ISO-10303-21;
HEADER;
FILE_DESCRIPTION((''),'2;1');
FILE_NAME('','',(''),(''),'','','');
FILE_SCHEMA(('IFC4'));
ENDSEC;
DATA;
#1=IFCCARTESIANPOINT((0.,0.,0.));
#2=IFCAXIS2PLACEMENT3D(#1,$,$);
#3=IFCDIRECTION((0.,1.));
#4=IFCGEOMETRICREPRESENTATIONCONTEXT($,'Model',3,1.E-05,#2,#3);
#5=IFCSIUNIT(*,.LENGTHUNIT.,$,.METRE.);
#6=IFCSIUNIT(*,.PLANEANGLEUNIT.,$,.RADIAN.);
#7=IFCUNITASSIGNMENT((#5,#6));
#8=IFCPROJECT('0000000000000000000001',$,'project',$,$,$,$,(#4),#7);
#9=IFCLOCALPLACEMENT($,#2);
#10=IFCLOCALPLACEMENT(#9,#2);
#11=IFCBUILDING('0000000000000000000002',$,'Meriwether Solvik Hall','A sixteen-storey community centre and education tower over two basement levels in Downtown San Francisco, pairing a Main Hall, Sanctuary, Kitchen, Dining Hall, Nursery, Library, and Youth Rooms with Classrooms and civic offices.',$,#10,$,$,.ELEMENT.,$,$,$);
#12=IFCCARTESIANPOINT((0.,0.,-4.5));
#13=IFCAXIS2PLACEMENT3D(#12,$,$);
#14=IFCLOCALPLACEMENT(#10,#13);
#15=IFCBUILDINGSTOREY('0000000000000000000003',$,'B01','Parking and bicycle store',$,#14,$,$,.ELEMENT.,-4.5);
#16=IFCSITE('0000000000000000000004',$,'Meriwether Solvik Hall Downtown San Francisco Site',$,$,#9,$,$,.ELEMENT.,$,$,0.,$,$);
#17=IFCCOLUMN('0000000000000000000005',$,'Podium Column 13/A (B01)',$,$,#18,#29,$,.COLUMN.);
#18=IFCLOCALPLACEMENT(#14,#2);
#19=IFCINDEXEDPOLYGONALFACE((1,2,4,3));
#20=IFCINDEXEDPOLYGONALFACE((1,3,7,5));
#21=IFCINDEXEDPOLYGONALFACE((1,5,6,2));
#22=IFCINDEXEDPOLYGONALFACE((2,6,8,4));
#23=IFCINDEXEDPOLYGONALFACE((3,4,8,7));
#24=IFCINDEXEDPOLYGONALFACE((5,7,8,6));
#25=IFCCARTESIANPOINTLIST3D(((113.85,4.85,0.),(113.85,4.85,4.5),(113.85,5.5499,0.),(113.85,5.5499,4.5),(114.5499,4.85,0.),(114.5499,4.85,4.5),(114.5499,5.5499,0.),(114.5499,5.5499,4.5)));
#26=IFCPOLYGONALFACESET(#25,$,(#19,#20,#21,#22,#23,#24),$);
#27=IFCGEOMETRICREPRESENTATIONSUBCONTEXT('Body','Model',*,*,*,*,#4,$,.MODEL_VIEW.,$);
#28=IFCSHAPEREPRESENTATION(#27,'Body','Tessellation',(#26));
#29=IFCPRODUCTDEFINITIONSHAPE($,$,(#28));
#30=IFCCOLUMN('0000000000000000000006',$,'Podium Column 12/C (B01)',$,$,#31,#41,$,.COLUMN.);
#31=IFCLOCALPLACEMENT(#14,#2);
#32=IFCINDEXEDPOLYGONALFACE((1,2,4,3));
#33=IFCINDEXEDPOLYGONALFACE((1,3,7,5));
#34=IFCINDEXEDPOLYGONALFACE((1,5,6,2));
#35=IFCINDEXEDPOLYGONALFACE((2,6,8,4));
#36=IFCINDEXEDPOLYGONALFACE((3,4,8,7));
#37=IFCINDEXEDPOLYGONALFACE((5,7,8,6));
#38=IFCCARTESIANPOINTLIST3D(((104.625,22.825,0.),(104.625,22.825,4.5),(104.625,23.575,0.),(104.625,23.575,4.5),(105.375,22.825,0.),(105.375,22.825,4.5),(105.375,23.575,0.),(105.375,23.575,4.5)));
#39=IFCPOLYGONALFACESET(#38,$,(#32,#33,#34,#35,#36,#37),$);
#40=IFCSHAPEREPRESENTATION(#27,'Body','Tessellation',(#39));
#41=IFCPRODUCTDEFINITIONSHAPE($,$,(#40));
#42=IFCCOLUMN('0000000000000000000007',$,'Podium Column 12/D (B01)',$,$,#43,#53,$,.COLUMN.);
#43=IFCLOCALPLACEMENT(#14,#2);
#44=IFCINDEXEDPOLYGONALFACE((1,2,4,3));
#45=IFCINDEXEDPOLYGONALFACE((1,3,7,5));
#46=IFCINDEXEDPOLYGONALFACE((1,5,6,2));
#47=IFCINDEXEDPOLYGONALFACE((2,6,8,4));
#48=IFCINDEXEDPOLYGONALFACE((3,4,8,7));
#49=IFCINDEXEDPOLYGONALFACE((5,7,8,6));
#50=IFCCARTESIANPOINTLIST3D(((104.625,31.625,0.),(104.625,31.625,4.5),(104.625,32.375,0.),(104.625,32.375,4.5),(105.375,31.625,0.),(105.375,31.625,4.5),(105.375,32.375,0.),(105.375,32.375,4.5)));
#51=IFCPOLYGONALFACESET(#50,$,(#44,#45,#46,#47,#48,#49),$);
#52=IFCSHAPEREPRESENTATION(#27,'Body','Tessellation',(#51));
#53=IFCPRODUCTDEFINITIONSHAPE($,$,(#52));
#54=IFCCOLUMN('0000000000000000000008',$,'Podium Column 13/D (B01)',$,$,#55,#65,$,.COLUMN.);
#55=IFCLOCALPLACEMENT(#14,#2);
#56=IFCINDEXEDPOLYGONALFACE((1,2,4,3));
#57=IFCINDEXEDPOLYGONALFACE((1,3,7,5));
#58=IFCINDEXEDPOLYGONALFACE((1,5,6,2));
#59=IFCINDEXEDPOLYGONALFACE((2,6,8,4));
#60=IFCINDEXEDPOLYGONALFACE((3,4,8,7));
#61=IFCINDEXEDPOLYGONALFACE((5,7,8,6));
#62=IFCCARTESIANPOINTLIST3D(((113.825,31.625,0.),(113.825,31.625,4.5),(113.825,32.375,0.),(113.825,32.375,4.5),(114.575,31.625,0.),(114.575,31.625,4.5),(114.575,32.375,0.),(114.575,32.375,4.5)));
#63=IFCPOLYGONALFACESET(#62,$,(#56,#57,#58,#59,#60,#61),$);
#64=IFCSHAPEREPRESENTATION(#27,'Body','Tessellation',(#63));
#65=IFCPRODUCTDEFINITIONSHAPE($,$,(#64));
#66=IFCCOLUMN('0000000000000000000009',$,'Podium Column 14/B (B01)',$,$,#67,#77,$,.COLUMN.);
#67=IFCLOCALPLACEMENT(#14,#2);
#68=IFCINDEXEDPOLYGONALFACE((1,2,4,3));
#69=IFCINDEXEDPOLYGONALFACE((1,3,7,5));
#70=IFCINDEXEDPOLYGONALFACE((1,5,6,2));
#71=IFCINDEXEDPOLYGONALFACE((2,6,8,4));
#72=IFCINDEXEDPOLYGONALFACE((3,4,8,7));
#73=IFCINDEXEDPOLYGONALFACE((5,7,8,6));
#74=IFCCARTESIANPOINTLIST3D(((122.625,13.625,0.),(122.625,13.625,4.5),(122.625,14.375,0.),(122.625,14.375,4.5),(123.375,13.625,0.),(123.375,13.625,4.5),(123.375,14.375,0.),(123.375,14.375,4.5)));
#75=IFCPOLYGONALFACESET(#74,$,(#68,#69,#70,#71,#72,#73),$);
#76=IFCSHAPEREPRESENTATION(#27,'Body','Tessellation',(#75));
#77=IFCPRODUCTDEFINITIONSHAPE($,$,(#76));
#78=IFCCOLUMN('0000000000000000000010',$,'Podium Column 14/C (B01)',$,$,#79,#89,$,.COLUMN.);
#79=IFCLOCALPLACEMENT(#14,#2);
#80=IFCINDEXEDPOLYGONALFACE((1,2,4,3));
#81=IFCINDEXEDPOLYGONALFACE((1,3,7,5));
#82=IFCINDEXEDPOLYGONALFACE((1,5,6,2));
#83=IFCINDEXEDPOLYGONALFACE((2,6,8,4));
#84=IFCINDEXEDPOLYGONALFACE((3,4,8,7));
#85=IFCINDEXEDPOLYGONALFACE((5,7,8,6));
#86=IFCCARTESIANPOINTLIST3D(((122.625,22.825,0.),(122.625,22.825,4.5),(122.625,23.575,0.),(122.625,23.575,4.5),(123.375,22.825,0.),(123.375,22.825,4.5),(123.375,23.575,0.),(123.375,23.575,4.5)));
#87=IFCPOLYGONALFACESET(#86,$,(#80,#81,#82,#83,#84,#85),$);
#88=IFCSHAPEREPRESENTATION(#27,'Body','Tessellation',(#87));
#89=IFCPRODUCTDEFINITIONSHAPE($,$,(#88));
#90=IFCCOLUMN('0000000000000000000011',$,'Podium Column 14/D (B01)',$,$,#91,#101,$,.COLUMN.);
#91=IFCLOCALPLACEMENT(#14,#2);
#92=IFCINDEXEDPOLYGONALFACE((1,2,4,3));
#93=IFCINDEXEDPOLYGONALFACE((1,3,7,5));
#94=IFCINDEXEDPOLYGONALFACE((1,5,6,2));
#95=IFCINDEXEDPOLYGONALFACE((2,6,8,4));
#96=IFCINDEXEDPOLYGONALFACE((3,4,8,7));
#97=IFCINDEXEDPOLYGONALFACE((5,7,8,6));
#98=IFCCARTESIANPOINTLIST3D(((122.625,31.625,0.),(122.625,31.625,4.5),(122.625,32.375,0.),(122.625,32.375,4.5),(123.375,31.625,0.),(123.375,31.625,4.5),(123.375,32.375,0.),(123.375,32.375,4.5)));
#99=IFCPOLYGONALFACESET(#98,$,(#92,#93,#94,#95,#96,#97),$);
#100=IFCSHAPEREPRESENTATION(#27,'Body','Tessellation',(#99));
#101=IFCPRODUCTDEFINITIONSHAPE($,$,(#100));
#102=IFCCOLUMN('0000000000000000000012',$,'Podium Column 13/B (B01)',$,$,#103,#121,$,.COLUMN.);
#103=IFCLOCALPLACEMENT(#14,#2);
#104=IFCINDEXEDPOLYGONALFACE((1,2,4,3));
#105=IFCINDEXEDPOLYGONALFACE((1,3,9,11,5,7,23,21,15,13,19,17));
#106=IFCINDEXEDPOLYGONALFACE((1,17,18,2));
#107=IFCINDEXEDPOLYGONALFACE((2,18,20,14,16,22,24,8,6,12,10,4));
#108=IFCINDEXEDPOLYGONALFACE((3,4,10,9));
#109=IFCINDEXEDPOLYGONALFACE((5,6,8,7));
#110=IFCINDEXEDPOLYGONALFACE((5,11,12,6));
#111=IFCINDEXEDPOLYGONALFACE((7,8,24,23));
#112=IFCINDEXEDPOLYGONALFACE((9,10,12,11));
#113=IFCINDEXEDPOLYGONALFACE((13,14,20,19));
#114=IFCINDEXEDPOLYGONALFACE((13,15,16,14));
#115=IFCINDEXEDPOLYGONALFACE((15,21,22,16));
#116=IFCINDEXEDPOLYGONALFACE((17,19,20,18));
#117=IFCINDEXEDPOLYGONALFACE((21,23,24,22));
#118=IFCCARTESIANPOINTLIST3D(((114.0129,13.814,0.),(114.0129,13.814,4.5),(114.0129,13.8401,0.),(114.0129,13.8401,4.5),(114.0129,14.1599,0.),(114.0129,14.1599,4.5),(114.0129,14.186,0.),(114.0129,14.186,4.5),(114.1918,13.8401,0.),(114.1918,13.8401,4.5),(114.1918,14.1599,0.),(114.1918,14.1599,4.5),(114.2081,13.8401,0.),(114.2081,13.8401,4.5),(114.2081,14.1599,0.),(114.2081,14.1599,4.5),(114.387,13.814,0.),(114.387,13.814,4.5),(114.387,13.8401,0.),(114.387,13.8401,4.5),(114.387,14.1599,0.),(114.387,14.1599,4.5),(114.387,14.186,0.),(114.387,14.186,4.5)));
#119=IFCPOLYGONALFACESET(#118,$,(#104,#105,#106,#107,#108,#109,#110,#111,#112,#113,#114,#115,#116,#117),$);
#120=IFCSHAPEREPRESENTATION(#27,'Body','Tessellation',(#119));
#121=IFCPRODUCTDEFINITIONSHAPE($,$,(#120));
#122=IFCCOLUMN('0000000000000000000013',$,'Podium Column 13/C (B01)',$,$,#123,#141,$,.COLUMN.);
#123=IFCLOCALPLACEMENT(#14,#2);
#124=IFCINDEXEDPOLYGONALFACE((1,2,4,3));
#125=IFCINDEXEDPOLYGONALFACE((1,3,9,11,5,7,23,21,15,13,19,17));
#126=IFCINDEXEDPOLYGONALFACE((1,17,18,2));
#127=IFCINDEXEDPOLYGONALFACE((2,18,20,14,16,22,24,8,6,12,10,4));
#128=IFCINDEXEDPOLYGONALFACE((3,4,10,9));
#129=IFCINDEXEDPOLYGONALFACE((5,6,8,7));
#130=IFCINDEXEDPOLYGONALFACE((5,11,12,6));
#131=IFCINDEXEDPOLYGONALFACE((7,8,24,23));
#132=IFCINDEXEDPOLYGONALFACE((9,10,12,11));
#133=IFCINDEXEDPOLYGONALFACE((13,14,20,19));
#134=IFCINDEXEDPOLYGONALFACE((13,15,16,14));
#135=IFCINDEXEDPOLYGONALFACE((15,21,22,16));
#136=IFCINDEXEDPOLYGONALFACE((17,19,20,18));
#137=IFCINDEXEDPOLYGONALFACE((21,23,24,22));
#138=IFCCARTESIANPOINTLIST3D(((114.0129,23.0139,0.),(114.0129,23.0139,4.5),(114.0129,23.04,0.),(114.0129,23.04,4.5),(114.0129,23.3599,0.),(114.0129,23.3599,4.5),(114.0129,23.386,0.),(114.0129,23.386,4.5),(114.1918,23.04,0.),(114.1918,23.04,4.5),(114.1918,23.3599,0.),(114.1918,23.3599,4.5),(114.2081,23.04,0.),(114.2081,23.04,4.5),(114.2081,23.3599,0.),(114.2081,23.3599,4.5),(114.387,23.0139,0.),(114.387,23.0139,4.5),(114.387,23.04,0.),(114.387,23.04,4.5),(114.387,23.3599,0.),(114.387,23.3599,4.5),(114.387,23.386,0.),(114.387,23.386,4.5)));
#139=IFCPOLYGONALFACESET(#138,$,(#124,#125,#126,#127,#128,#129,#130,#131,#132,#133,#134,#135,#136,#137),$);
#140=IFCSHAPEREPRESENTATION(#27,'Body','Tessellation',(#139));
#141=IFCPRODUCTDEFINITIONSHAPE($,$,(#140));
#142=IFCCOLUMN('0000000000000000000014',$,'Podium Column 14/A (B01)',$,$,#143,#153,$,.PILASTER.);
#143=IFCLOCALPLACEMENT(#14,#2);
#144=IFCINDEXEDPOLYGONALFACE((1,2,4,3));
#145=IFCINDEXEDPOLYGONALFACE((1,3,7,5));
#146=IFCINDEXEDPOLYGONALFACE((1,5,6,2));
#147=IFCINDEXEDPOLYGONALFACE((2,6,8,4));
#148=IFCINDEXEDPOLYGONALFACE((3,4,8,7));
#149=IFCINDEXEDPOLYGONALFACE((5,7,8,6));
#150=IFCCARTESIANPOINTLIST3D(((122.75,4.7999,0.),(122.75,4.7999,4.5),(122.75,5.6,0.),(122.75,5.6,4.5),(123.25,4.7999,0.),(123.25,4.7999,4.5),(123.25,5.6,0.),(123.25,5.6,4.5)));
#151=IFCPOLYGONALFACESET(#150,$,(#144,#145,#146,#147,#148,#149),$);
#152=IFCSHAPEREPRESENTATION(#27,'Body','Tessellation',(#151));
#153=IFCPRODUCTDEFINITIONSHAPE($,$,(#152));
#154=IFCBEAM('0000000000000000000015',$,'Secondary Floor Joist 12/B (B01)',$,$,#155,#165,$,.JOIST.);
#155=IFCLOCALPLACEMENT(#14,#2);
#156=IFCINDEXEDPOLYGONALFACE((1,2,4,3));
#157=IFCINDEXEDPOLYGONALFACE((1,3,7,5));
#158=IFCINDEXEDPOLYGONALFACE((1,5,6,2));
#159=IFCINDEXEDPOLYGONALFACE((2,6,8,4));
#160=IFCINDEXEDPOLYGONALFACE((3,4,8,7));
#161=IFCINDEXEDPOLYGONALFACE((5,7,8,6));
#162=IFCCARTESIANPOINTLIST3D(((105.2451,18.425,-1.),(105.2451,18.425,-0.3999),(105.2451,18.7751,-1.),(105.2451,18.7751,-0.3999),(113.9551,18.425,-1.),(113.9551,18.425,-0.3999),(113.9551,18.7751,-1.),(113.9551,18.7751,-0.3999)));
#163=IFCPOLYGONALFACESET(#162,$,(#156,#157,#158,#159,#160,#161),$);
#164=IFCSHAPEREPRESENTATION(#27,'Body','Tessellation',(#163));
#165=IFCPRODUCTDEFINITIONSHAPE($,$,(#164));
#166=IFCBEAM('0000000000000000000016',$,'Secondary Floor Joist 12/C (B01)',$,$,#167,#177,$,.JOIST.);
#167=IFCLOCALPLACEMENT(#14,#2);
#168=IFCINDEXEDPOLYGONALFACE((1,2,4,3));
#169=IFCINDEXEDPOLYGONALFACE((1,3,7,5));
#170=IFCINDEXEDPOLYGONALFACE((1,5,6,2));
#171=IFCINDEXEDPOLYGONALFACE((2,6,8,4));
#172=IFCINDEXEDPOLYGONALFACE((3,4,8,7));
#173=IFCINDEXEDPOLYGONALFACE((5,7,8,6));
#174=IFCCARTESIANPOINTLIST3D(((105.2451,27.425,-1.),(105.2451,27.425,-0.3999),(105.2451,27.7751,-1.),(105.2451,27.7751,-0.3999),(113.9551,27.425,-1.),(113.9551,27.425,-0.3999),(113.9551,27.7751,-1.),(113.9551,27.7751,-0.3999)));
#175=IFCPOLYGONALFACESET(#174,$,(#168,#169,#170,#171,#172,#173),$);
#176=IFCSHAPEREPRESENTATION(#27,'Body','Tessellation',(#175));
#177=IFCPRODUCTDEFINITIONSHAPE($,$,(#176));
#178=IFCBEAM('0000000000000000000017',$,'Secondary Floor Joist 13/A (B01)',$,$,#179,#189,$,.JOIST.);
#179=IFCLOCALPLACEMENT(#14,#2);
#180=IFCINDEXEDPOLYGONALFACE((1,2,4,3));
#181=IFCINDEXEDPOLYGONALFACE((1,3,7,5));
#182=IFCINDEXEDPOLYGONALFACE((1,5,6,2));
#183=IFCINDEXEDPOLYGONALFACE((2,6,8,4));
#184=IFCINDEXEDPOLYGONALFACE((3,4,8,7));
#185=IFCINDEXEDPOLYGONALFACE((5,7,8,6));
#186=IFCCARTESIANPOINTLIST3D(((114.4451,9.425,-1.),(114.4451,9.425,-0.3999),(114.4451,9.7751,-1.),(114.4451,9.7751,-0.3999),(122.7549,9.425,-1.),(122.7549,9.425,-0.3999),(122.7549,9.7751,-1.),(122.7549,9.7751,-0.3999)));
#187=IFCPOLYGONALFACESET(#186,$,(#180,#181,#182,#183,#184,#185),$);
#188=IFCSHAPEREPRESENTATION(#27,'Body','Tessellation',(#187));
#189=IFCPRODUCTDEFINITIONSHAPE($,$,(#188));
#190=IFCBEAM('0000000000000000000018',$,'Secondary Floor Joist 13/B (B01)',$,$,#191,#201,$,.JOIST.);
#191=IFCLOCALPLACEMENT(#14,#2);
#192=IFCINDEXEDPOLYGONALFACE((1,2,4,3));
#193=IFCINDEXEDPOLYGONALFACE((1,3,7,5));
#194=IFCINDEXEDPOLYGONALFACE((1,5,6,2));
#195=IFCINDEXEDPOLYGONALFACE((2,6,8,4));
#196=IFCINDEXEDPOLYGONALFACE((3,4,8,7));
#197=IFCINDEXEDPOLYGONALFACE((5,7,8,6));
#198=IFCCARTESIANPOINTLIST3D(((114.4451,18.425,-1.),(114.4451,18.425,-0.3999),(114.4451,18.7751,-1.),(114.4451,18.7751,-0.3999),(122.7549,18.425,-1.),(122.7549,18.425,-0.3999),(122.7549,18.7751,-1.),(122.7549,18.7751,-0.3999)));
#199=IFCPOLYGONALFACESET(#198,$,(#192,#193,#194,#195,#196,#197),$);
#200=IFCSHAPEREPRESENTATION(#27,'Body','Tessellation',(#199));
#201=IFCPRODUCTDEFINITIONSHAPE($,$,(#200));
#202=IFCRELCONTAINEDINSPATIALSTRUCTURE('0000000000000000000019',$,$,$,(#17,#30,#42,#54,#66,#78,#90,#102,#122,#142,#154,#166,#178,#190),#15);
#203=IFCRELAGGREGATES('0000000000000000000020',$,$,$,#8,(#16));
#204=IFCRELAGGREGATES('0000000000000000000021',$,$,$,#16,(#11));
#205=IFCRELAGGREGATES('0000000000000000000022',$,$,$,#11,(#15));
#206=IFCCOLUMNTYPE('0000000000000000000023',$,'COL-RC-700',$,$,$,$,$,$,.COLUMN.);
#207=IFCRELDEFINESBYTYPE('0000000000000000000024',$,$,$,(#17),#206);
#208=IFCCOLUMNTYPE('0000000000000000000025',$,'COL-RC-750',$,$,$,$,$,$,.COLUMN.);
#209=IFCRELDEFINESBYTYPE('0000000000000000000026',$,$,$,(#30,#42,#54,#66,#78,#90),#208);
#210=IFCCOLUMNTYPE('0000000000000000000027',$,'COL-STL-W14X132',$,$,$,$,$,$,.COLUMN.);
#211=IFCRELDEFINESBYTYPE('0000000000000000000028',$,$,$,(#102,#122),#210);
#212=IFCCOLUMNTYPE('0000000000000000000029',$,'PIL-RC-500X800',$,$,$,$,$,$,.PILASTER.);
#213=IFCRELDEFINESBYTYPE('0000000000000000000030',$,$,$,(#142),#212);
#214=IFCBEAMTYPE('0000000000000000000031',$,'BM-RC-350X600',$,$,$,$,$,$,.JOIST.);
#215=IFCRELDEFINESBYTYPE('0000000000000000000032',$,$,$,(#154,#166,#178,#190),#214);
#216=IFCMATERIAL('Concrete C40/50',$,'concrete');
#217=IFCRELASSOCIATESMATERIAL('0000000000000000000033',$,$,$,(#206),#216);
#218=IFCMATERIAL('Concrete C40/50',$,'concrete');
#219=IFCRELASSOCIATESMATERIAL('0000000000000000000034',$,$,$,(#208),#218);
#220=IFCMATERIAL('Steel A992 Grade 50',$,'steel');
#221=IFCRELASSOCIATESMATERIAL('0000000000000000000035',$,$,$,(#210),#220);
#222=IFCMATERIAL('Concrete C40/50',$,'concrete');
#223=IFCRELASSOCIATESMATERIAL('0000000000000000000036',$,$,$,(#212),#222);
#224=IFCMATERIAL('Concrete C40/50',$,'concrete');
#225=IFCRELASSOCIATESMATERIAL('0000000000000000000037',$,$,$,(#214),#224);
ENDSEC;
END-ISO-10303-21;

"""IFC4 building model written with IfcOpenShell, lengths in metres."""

from ifc_helpers import new_model, si_unit, direction, frame, origin, origin_2d, place, context, subcontext, project, spatial, rectangle, i_section, extrude, material, material_profile, profile_set, type_object, element, save


model = new_model("IFC4")

# Units and contexts
model_context = context("Model", 3, precision=1e-05, world=origin(), true_north=direction((0.0, 1.0)))
body_context = subcontext(model_context, "Body", "Model", "MODEL_VIEW")
ifc_project = project(units=[si_unit("LENGTHUNIT", "METRE"), si_unit("PLANEANGLEUNIT", "RADIAN")], contexts=[model_context])

# Site, building, storey
site_placement = place(None, origin())
site = spatial("IfcSite", under=ifc_project, at=site_placement, Name="Meriwether Solvik Hall Downtown San Francisco Site", CompositionType="ELEMENT", RefElevation=0.0)
building_placement = place(site_placement, origin())
building = spatial("IfcBuilding", under=site, at=building_placement, Name="Meriwether Solvik Hall", Description="A sixteen-storey community centre and education tower over two basement levels in Downtown San Francisco, pairing a Main Hall, Sanctuary, Kitchen, Dining Hall, Nursery, Library, and Youth Rooms with Classrooms and civic offices.", CompositionType="ELEMENT")
storey_placement = place(building_placement, frame((0.0, 0.0, -4.5)))
storey = spatial("IfcBuildingStorey", under=building, at=storey_placement, Name="B01", Description="Parking and bicycle store", CompositionType="ELEMENT", Elevation=-4.5)

# Columns
ifc_material_1 = material(Name="Concrete C40/50", Category="concrete")
ifc_material_profile_1 = material_profile(ifc_material_1, rectangle(XDim=0.7, YDim=0.7, at=origin_2d()), Name="RCC-700X700")
ifc_profile_set_1 = profile_set([ifc_material_profile_1], Name="Concrete C40/50")
column_type_1 = type_object("IfcColumnType", Name="COL-RC-700", PredefinedType="COLUMN", material=ifc_profile_set_1)
column_1_placement = place(storey_placement, frame((114.2, 5.2, 0.0), z_axis=(0.0, 0.0, 1.0), x_axis=(1.0, 0.0, 0.0)))
element("IfcColumn", 1, at=column_1_placement, inside=storey, type_object=column_type_1, Name="Podium Column 13/A (B01)", PredefinedType="COLUMN", context=body_context, shape_type="SweptSolid", body=[
    extrude(rectangle(XDim=0.7, YDim=0.7, at=origin_2d()), origin(), (0.0, 0.0, 1.0), 4.5),
])
ifc_material_2 = material(Name="Concrete C40/50", Category="concrete")
ifc_material_profile_2 = material_profile(ifc_material_2, rectangle(XDim=0.75, YDim=0.75, at=origin_2d()), Name="RCC-750X750")
ifc_profile_set_2 = profile_set([ifc_material_profile_2], Name="Concrete C40/50")
column_type_2 = type_object("IfcColumnType", Name="COL-RC-750", PredefinedType="COLUMN", material=ifc_profile_set_2)
for number, where, z_axis, x_axis, name in (
    (2, (105.0, 23.2, 0.0), (0.0, 0.0, 1.0), (1.0, 0.0, 0.0), "Podium Column 12/C (B01)"),
    (3, (105.0, 32.0, 0.0), (0.0, 0.0, 1.0), (1.0, 0.0, 0.0), "Podium Column 12/D (B01)"),
    (4, (114.2, 32.0, 0.0), (0.0, 0.0, 1.0), (1.0, 0.0, 0.0), "Podium Column 13/D (B01)"),
    (5, (123.0, 14.0, 0.0), (0.0, 0.0, 1.0), (1.0, 0.0, 0.0), "Podium Column 14/B (B01)"),
    (6, (123.0, 23.2, 0.0), (0.0, 0.0, 1.0), (1.0, 0.0, 0.0), "Podium Column 14/C (B01)"),
    (7, (123.0, 32.0, 0.0), (0.0, 0.0, 1.0), (1.0, 0.0, 0.0), "Podium Column 14/D (B01)"),
):
    element("IfcColumn", number, at=place(storey_placement, frame(where, z_axis=z_axis, x_axis=x_axis)), inside=storey, type_object=column_type_2, Name=name, PredefinedType="COLUMN", context=body_context, shape_type="SweptSolid", body=[
        extrude(rectangle(XDim=0.75, YDim=0.75, at=origin_2d()), origin(), (0.0, 0.0, 1.0), 4.5),
    ])
ifc_material_3 = material(Name="Steel A992 Grade 50", Category="steel")
ifc_material_profile_3 = material_profile(ifc_material_3, i_section(OverallWidth=0.374, OverallDepth=0.3721, WebThickness=0.0164, FlangeThickness=0.0261, at=origin_2d()), Name="W14X132")
ifc_profile_set_3 = profile_set([ifc_material_profile_3], Name="Steel A992 Grade 50")
column_type_3 = type_object("IfcColumnType", Name="COL-STL-W14X132", PredefinedType="COLUMN", material=ifc_profile_set_3)
for number, where, z_axis, x_axis, name in (
    (8, (114.2, 14.0, 0.0), (0.0, 0.0, 1.0), (1.0, 0.0, 0.0), "Podium Column 13/B (B01)"),
    (9, (114.2, 23.2, 0.0), (0.0, 0.0, 1.0), (1.0, 0.0, 0.0), "Podium Column 13/C (B01)"),
):
    element("IfcColumn", number, at=place(storey_placement, frame(where, z_axis=z_axis, x_axis=x_axis)), inside=storey, type_object=column_type_3, Name=name, PredefinedType="COLUMN", context=body_context, shape_type="SweptSolid", body=[
        extrude(i_section(OverallWidth=0.374, OverallDepth=0.3721, WebThickness=0.0164, FlangeThickness=0.0261, at=origin_2d()), origin(), (0.0, 0.0, 1.0), 4.5),
    ])
ifc_material_4 = material(Name="Concrete C40/50", Category="concrete")
ifc_material_profile_4 = material_profile(ifc_material_4, rectangle(XDim=0.5, YDim=0.8, at=origin_2d()), Name="RCP-500X800")
ifc_profile_set_4 = profile_set([ifc_material_profile_4], Name="Concrete C40/50")
column_type_4 = type_object("IfcColumnType", Name="PIL-RC-500X800", PredefinedType="PILASTER", material=ifc_profile_set_4)
column_2_placement = place(storey_placement, frame((123.0, 5.2, 0.0), z_axis=(0.0, 0.0, 1.0), x_axis=(1.0, 0.0, 0.0)))
element("IfcColumn", 10, at=column_2_placement, inside=storey, type_object=column_type_4, Name="Podium Column 14/A (B01)", PredefinedType="PILASTER", context=body_context, shape_type="SweptSolid", body=[
    extrude(rectangle(XDim=0.5, YDim=0.8, at=origin_2d()), origin(), (0.0, 0.0, 1.0), 4.5),
])

# Beams
ifc_material_5 = material(Name="Concrete C40/50", Category="concrete")
ifc_material_profile_5 = material_profile(ifc_material_5, rectangle(XDim=0.3501, YDim=0.6001, at=origin_2d()), Name="RCB-350X600")
ifc_profile_set_5 = profile_set([ifc_material_profile_5], Name="Concrete C40/50")
beam_type_1 = type_object("IfcBeamType", Name="BM-RC-350X600", PredefinedType="JOIST", material=ifc_profile_set_5)
for number, where, z_axis, x_axis, name in (
    (11, (105.2451, 18.6001, -0.7), (1.0, 0.0, 0.0), (0.0, 1.0, 0.0), "Secondary Floor Joist 12/B (B01)"),
    (12, (105.2451, 27.6001, -0.7), (1.0, 0.0, 0.0), (0.0, 1.0, 0.0), "Secondary Floor Joist 12/C (B01)"),
):
    element("IfcBeam", number, at=place(storey_placement, frame(where, z_axis=z_axis, x_axis=x_axis)), inside=storey, type_object=beam_type_1, Name=name, PredefinedType="JOIST", context=body_context, shape_type="SweptSolid", body=[
        extrude(rectangle(XDim=0.3501, YDim=0.6001, at=origin_2d()), origin(), (0.0, 0.0, 1.0), 8.71),
    ])
for number, where, z_axis, x_axis, name in (
    (13, (114.4451, 9.6001, -0.7), (1.0, 0.0, 0.0), (0.0, 1.0, 0.0), "Secondary Floor Joist 13/A (B01)"),
    (14, (114.4451, 18.6001, -0.7), (1.0, 0.0, 0.0), (0.0, 1.0, 0.0), "Secondary Floor Joist 13/B (B01)"),
):
    element("IfcBeam", number, at=place(storey_placement, frame(where, z_axis=z_axis, x_axis=x_axis)), inside=storey, type_object=beam_type_1, Name=name, PredefinedType="JOIST", context=body_context, shape_type="SweptSolid", body=[
        extrude(rectangle(XDim=0.3501, YDim=0.6001, at=origin_2d()), origin(), (0.0, 0.0, 1.0), 8.3098),
    ])

save(model, "model.ifc")
